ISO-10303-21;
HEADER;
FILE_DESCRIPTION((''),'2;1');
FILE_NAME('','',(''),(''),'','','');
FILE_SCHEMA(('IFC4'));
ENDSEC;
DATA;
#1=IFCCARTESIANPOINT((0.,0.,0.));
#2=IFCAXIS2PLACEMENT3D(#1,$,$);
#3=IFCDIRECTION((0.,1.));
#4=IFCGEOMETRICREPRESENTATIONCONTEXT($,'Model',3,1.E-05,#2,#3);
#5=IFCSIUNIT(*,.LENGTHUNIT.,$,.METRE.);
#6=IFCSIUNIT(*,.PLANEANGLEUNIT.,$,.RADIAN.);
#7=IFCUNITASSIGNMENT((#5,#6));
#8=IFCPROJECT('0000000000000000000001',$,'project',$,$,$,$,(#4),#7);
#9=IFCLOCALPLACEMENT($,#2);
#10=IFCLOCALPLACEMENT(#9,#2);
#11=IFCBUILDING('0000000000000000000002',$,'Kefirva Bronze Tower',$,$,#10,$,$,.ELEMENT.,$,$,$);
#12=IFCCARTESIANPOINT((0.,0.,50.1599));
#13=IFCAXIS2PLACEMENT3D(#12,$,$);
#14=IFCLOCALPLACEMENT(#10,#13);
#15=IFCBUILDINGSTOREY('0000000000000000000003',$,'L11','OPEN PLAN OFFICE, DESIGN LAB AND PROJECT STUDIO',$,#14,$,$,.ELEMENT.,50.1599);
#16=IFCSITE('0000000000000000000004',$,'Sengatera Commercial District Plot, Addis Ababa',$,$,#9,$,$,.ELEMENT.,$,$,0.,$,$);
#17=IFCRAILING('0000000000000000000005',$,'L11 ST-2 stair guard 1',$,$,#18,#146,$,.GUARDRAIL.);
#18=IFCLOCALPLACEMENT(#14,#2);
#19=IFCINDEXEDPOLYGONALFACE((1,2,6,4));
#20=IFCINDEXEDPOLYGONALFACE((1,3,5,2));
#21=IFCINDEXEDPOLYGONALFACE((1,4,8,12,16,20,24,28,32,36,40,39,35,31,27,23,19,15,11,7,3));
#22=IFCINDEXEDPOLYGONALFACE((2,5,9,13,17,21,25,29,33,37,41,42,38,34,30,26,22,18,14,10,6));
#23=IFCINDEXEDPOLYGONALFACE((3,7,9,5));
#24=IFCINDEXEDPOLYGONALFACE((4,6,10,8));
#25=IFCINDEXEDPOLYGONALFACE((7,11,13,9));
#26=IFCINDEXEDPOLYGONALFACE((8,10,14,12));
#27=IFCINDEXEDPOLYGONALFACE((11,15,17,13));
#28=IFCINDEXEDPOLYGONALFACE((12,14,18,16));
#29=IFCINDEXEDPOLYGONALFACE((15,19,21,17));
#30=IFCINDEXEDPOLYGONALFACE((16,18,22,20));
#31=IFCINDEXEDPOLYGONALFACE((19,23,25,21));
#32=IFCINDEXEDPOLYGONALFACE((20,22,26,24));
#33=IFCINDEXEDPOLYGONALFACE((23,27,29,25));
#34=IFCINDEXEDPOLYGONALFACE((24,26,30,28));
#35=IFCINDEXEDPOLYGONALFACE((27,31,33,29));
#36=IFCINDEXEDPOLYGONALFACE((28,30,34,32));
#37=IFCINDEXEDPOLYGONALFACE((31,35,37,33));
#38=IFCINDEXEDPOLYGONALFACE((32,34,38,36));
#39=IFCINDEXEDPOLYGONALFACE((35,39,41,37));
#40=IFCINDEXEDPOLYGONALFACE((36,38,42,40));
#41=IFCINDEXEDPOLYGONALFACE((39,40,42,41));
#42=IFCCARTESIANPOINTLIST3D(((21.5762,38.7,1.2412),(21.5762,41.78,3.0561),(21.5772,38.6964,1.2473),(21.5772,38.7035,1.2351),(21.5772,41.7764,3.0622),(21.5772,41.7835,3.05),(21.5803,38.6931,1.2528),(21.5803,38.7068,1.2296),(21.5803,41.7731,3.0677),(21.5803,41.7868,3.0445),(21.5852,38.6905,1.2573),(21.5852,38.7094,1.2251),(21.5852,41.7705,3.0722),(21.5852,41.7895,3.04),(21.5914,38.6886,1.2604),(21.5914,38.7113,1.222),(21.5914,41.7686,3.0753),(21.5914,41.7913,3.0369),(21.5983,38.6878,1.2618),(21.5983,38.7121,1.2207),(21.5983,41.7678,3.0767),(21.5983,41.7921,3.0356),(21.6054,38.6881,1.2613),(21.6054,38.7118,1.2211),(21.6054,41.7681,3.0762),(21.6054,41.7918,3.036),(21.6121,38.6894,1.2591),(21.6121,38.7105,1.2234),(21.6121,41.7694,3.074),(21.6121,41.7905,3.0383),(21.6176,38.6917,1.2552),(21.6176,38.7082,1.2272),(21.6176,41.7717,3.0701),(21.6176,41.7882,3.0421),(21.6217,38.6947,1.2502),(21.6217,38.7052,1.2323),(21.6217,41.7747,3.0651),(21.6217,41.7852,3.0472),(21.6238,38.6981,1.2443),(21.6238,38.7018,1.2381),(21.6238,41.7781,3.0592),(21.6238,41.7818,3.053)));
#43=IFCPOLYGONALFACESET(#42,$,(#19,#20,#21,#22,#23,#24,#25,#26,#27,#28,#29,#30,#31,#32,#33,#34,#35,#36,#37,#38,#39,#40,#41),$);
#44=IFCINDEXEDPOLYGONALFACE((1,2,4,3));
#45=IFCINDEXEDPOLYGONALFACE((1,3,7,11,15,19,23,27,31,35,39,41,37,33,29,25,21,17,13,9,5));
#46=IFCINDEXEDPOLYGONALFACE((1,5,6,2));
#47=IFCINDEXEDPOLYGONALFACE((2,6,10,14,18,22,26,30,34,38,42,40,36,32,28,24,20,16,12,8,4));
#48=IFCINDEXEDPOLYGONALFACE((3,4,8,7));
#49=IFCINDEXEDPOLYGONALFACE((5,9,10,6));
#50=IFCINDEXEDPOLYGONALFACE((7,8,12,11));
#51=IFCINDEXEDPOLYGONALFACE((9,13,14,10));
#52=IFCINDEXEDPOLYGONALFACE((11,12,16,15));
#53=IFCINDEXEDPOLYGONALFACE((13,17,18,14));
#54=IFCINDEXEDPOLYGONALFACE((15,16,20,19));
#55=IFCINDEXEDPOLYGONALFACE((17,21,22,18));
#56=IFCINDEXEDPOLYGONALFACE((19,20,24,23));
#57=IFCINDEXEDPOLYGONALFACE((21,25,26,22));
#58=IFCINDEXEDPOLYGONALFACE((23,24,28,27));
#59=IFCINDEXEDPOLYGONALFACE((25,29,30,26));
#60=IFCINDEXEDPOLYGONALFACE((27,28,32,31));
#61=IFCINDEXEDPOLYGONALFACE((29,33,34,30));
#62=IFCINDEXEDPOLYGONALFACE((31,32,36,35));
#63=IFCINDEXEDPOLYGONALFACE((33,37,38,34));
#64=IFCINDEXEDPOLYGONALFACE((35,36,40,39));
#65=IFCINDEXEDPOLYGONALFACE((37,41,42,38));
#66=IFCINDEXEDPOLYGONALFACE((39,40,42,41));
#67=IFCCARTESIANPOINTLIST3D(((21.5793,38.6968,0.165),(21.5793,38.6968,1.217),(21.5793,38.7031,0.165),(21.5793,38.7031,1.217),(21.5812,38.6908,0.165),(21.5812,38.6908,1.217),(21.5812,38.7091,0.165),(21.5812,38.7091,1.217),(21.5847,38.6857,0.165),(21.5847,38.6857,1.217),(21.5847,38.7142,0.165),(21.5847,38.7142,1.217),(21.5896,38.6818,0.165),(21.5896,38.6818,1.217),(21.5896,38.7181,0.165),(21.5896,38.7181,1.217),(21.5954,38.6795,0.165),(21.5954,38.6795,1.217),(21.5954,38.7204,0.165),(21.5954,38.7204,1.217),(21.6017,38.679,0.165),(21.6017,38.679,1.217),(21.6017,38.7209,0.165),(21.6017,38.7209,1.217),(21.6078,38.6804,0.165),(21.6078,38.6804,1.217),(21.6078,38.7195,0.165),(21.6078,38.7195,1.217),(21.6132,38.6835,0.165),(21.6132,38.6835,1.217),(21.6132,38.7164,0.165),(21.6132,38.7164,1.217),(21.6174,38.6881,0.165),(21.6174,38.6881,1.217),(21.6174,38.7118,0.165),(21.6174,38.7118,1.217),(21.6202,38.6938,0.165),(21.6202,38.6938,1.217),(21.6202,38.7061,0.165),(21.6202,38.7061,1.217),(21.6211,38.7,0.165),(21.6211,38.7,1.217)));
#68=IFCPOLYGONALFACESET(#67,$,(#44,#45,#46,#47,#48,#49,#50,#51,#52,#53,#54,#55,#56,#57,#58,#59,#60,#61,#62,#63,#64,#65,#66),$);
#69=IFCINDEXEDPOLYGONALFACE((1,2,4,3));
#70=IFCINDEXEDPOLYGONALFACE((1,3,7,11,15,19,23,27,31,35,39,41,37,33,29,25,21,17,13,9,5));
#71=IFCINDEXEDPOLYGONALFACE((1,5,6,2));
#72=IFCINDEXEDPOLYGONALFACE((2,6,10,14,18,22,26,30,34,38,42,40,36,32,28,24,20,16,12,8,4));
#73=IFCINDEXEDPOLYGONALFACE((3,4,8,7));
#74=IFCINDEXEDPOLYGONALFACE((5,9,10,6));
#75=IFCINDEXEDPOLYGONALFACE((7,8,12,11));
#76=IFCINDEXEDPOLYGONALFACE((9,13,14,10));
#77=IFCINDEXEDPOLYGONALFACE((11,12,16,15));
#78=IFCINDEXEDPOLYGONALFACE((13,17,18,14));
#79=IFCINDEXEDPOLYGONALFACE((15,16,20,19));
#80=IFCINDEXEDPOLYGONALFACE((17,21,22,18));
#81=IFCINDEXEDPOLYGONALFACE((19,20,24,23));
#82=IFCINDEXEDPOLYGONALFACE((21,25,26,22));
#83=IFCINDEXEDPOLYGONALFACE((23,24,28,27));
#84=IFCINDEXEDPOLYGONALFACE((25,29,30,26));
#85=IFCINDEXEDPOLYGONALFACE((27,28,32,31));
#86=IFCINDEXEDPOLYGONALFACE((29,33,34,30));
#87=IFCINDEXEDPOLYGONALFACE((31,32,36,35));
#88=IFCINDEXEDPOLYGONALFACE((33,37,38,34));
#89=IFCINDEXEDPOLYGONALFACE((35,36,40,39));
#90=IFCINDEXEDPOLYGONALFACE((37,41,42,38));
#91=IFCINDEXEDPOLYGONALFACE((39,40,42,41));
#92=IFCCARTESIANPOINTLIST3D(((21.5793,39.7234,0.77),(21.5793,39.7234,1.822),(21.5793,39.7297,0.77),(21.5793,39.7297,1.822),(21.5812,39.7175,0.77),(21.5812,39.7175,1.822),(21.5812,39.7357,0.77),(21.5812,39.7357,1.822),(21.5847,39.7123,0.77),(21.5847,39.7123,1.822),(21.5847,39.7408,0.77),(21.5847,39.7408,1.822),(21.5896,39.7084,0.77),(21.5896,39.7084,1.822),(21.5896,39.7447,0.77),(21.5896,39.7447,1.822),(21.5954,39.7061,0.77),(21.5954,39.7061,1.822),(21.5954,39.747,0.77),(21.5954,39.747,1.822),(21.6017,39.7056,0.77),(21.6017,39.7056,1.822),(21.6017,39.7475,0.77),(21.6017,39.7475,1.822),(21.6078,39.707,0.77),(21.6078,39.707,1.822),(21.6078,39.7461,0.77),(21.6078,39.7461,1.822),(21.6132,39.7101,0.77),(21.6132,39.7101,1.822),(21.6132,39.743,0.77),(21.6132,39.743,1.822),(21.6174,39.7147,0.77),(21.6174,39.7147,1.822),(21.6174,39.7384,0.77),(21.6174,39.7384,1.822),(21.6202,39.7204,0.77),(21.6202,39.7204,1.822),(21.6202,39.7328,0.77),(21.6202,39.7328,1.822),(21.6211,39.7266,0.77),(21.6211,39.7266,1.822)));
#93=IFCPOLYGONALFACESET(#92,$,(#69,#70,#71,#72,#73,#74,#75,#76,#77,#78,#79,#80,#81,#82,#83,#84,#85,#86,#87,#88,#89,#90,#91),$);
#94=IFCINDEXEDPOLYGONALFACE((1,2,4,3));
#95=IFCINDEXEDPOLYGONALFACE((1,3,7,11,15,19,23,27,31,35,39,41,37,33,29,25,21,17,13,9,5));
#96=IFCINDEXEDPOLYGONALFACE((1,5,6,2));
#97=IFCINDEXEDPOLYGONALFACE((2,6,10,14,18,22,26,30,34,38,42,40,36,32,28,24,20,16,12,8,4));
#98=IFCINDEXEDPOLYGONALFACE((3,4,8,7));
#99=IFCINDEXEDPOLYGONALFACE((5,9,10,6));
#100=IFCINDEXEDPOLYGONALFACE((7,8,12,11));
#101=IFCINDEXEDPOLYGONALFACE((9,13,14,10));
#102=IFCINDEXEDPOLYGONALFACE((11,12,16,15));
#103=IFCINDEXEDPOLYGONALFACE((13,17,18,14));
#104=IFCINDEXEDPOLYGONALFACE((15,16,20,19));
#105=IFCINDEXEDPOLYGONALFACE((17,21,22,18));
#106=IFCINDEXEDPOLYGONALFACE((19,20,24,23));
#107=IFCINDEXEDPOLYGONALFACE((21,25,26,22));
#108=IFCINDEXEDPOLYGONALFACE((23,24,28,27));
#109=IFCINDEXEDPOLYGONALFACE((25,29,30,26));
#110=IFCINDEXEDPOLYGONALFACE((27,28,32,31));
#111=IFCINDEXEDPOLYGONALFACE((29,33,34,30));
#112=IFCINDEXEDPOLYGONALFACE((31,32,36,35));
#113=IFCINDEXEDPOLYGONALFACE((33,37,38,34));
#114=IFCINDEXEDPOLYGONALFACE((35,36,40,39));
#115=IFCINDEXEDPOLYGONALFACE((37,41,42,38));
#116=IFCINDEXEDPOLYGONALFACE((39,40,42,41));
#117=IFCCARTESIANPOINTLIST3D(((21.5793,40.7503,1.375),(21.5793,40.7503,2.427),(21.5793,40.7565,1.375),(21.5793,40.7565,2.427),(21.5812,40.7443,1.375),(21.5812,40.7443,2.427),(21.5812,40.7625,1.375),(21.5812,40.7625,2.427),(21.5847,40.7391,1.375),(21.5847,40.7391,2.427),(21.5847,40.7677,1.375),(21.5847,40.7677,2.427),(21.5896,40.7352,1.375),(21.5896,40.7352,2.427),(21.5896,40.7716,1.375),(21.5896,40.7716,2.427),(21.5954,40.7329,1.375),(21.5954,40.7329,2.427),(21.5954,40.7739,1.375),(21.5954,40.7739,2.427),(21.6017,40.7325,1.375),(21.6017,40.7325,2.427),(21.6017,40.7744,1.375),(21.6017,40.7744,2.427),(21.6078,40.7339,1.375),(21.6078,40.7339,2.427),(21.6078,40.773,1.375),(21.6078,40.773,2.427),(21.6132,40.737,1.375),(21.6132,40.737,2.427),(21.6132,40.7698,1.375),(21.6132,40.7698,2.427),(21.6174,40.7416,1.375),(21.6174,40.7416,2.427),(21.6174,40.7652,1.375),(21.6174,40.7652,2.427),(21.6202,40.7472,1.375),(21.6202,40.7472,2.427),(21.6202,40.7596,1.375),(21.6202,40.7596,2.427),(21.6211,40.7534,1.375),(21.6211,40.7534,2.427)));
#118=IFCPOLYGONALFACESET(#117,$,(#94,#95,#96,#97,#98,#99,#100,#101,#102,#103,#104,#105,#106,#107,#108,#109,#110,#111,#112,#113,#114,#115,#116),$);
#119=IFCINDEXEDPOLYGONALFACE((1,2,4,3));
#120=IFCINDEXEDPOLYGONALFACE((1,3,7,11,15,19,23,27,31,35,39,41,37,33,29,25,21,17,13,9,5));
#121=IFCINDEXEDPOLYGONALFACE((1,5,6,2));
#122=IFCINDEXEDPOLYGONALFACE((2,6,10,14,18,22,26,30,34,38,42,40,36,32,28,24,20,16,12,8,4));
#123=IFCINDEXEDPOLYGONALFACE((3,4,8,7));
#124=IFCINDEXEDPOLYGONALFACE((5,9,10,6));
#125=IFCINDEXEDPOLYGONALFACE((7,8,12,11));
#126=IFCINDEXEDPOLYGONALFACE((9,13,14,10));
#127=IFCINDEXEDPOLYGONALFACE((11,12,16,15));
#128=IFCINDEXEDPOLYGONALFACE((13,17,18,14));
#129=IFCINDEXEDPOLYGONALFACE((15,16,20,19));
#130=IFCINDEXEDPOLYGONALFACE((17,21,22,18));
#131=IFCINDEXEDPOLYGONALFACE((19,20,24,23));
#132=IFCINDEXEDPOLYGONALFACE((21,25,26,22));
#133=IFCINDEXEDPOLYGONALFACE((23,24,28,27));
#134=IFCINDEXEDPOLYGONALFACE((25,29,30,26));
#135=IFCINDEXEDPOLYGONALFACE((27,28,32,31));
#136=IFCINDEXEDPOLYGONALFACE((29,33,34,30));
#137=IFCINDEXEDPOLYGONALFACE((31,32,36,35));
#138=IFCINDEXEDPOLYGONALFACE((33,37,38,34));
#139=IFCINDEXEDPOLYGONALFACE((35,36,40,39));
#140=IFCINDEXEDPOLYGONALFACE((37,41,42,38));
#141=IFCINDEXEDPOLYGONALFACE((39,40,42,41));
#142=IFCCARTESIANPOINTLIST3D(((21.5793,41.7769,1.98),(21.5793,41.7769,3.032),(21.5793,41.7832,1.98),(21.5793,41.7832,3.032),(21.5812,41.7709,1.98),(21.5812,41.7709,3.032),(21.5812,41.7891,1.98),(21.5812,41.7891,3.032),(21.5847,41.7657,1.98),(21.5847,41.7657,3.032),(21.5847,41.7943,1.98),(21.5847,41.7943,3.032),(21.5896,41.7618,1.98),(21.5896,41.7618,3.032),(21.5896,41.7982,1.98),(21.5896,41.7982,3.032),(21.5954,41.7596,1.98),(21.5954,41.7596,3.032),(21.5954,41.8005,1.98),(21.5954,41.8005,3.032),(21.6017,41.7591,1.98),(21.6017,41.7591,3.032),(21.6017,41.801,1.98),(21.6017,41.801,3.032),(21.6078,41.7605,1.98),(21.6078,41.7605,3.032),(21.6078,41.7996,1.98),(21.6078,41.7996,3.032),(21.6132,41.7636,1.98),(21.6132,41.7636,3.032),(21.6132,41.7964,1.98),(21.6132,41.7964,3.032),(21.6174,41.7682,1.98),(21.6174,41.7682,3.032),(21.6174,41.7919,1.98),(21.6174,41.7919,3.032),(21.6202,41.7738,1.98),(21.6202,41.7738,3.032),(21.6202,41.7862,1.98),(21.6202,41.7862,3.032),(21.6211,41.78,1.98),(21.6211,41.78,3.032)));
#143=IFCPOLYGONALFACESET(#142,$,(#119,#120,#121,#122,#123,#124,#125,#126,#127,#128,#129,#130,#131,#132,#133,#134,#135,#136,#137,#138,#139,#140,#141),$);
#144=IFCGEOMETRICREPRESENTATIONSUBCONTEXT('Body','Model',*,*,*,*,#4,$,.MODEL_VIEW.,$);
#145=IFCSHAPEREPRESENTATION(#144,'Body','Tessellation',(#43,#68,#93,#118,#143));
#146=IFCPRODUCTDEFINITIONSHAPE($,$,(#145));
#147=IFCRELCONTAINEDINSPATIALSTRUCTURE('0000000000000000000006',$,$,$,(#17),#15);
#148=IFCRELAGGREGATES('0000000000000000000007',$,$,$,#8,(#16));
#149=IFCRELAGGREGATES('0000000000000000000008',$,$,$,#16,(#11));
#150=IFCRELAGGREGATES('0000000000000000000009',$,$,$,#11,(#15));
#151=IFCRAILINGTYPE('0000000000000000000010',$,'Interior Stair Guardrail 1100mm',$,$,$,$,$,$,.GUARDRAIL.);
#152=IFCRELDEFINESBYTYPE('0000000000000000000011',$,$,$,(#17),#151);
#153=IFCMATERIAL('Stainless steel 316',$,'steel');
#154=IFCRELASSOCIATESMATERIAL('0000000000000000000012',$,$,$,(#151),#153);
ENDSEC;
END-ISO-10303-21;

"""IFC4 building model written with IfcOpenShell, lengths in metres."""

from ifc_helpers import new_model, si_unit, direction, frame, origin, origin_2d, place, context, subcontext, project, spatial, circle, extrude, material, type_object, element, save


model = new_model("IFC4")

# Units and contexts
model_context = context("Model", 3, precision=1e-05, world=origin(), true_north=direction((0.0, 1.0)))
body_context = subcontext(model_context, "Body", "Model", "MODEL_VIEW")
ifc_project = project(units=[si_unit("LENGTHUNIT", "METRE"), si_unit("PLANEANGLEUNIT", "RADIAN")], contexts=[model_context])

# Site, building, storey
site_placement = place(None, origin())
site = spatial("IfcSite", under=ifc_project, at=site_placement, Name="Sengatera Commercial District Plot, Addis Ababa", CompositionType="ELEMENT", RefElevation=0.0)
building_placement = place(site_placement, origin())
building = spatial("IfcBuilding", under=site, at=building_placement, Name="Kefirva Bronze Tower", CompositionType="ELEMENT")
storey_placement = place(building_placement, frame((0.0, 0.0, 50.1599)))
storey = spatial("IfcBuildingStorey", under=building, at=storey_placement, Name="L11", Description="OPEN PLAN OFFICE, DESIGN LAB AND PROJECT STUDIO", CompositionType="ELEMENT", Elevation=50.1599)

# Railing
ifc_material_1 = material(Name="Stainless steel 316", Category="steel")
railing_type_1 = type_object("IfcRailingType", Name="Interior Stair Guardrail 1100mm", PredefinedType="GUARDRAIL", material=ifc_material_1)
railing_1_placement = place(storey_placement, frame((21.6001, 38.7, 0.165)))
element("IfcRailing", 1, at=railing_1_placement, inside=storey, type_object=railing_type_1, Name="L11 ST-2 stair guard 1", PredefinedType="GUARDRAIL", context=body_context, shape_type="SweptSolid", body=[
    extrude(circle(Radius=0.0239, at=origin_2d()), frame((0.0, 0.0, 1.0762), z_axis=(0.0, 0.861551, 0.507671), x_axis=(-1.0, 0.0, 0.0)), (0.0, 0.0, 1.0), 3.575),
    extrude(circle(Radius=0.021, at=origin_2d()), origin(), (0.0, 0.0, 1.0), 1.052),
    extrude(circle(Radius=0.021, at=origin_2d()), frame((0.0, 1.0266, 0.605)), (0.0, 0.0, 1.0), 1.052),
    extrude(circle(Radius=0.021, at=origin_2d()), frame((0.0, 2.0535, 1.21)), (0.0, 0.0, 1.0), 1.052),
    extrude(circle(Radius=0.021, at=origin_2d()), frame((0.0, 3.0801, 1.8149)), (0.0, 0.0, 1.0), 1.052),
])

save(model, "model.ifc")
